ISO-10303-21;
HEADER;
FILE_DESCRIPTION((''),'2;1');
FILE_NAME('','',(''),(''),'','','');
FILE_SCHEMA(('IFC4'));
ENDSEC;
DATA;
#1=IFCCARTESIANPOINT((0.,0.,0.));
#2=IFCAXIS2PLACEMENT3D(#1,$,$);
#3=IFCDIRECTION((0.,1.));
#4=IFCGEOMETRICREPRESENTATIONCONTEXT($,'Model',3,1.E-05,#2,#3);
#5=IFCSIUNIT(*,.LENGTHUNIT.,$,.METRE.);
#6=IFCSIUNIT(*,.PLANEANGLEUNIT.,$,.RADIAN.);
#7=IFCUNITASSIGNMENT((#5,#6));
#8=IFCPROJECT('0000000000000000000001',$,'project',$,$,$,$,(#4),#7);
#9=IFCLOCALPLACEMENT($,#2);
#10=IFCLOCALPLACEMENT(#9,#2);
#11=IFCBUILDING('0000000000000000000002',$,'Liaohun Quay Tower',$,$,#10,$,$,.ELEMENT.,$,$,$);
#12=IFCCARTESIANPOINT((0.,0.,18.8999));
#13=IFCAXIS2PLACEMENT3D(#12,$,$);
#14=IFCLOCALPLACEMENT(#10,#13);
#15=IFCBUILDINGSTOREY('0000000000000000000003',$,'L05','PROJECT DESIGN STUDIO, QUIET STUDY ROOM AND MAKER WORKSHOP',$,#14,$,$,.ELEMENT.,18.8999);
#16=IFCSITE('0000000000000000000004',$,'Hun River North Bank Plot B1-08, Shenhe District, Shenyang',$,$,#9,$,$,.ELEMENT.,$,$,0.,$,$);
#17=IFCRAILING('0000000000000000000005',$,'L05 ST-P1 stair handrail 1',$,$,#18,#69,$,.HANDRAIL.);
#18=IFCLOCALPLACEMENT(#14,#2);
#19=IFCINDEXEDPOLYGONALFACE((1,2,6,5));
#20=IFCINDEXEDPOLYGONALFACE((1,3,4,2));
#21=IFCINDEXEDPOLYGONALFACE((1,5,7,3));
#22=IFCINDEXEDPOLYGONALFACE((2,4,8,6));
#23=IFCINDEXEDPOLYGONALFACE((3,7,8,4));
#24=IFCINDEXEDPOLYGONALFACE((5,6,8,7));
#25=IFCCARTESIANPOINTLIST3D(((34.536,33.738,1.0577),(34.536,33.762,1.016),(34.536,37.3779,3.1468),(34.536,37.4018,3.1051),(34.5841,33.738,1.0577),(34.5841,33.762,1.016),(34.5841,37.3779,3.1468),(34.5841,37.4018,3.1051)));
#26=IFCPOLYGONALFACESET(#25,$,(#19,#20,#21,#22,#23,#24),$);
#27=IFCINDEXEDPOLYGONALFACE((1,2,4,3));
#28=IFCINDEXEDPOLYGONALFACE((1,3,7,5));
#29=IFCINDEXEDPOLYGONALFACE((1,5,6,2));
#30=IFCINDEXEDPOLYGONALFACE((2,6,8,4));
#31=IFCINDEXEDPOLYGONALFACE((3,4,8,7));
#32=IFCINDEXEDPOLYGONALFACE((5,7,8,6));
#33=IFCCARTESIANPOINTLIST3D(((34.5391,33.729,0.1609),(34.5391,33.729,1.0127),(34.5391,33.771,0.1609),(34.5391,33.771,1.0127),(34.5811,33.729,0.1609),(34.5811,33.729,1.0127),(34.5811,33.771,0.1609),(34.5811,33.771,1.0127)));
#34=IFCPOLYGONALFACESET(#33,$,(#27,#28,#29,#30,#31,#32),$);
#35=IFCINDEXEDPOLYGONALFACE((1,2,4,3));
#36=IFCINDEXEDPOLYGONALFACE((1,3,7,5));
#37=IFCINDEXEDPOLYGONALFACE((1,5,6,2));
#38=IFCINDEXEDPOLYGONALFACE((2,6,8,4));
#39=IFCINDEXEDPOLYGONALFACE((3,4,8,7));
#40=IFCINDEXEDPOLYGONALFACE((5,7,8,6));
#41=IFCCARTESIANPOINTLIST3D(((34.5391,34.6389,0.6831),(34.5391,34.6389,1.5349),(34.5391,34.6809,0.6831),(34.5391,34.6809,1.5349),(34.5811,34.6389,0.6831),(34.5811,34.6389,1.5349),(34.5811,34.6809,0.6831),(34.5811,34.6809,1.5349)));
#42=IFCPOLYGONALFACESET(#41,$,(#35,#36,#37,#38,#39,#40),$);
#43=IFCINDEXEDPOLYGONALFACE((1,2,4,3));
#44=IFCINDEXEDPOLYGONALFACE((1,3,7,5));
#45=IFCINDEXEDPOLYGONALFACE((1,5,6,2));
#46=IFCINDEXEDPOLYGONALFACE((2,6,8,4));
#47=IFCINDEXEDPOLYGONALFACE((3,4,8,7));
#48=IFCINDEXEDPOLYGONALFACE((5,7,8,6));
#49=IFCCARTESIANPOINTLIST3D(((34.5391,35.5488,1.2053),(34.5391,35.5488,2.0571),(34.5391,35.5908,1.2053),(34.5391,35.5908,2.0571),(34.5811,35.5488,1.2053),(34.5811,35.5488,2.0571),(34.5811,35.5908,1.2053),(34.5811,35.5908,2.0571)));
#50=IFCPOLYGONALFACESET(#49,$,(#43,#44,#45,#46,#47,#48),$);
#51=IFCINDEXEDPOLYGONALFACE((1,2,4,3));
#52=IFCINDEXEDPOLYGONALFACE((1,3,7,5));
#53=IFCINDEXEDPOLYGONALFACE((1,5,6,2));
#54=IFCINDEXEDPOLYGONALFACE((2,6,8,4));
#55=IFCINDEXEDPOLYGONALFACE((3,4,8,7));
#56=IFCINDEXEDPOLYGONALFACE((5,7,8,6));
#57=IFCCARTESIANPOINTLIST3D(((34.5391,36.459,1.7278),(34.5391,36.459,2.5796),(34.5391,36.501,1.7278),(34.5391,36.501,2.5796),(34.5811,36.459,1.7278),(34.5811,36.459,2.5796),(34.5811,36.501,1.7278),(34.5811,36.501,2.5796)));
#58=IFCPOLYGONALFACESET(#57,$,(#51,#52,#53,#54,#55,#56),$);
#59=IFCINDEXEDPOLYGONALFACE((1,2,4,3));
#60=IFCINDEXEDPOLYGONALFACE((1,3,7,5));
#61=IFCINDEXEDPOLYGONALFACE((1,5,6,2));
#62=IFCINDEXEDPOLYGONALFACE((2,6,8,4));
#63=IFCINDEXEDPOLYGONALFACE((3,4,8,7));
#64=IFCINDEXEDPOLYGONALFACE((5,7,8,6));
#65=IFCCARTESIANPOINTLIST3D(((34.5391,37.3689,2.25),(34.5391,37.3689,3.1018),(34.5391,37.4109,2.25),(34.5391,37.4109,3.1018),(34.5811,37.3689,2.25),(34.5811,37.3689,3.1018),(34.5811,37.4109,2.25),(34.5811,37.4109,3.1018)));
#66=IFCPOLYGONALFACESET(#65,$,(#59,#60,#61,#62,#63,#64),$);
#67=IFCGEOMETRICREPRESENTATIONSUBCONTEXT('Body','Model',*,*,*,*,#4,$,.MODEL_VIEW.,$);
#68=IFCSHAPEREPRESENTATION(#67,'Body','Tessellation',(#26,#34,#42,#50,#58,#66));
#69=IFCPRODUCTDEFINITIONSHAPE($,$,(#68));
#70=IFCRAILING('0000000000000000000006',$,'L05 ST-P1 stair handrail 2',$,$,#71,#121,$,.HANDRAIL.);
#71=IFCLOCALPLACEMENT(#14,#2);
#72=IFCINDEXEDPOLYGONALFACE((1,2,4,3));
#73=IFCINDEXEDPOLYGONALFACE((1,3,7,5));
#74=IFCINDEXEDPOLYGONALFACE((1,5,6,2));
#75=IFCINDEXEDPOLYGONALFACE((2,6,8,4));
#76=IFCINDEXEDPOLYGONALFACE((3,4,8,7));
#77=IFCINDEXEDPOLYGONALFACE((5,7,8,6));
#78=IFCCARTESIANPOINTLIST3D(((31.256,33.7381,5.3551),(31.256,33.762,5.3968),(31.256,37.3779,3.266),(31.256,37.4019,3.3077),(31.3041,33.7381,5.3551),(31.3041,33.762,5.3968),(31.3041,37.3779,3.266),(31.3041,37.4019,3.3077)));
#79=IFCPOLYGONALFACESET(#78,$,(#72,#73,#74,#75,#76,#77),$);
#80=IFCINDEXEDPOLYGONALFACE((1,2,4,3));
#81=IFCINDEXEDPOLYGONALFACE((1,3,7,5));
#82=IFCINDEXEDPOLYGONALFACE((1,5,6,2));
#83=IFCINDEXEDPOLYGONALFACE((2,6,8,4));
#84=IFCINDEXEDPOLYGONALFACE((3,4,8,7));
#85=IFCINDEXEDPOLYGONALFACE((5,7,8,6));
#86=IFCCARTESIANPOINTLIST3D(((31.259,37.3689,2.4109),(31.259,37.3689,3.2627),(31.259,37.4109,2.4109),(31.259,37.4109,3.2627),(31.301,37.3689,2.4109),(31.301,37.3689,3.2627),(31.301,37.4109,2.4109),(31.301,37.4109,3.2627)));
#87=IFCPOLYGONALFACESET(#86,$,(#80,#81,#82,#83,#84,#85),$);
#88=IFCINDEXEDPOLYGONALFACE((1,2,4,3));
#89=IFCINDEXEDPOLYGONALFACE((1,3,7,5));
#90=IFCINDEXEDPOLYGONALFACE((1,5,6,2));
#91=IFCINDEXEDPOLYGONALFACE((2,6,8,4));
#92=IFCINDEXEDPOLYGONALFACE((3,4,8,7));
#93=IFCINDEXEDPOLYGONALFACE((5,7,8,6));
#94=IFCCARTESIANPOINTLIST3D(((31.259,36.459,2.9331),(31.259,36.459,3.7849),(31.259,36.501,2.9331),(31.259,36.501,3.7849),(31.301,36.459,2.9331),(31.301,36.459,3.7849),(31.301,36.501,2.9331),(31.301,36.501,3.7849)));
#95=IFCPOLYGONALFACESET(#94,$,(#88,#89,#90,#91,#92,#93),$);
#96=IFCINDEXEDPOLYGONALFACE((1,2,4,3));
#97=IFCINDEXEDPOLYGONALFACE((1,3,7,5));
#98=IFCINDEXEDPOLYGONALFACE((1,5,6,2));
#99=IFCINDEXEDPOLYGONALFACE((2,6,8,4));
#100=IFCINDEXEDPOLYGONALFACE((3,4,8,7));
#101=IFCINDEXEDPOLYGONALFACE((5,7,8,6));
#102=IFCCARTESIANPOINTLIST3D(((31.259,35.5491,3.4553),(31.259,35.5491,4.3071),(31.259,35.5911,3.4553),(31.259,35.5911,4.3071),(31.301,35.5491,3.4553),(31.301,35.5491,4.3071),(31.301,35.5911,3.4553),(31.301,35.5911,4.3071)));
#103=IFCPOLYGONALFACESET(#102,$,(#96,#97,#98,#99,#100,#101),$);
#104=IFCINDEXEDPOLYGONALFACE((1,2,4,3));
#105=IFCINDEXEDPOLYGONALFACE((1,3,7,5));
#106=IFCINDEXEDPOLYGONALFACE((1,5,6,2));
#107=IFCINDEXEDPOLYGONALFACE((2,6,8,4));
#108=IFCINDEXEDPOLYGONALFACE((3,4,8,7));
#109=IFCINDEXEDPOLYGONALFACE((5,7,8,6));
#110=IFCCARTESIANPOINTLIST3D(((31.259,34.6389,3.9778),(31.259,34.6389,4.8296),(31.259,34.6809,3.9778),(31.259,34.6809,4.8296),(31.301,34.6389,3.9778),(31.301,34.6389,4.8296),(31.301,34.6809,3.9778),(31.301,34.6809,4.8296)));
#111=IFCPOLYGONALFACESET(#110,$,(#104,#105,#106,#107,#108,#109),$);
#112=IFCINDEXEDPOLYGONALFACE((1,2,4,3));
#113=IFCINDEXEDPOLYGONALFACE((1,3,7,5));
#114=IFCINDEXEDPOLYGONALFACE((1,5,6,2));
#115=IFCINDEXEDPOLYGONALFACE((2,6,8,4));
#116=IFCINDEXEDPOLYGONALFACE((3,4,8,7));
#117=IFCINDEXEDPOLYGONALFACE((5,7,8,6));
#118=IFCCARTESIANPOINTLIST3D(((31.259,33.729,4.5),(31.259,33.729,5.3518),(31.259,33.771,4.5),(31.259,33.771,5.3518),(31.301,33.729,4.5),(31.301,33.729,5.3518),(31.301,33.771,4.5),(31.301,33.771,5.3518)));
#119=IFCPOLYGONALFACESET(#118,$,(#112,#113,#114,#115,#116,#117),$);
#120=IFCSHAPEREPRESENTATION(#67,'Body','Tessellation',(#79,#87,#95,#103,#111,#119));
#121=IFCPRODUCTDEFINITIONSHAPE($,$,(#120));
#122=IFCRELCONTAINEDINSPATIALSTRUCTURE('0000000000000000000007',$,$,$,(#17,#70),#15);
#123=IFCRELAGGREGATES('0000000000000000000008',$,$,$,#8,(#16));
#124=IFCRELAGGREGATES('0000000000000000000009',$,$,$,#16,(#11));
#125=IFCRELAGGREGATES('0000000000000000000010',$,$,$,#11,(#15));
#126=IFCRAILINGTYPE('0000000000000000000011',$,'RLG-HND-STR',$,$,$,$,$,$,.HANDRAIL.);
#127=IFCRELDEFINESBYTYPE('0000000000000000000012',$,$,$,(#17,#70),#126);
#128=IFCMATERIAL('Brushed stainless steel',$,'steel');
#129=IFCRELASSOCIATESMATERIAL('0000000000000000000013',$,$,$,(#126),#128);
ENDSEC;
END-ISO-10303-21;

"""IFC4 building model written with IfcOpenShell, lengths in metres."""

from ifc_helpers import new_model, si_unit, direction, frame, origin, origin_2d, place, context, subcontext, project, spatial, rectangle, extrude, material, type_object, element, save


model = new_model("IFC4")

# Units and contexts
model_context = context("Model", 3, precision=1e-05, world=origin(), true_north=direction((0.0, 1.0)))
body_context = subcontext(model_context, "Body", "Model", "MODEL_VIEW")
ifc_project = project(units=[si_unit("LENGTHUNIT", "METRE"), si_unit("PLANEANGLEUNIT", "RADIAN")], contexts=[model_context])

# Site, building, storey
site_placement = place(None, origin())
site = spatial("IfcSite", under=ifc_project, at=site_placement, Name="Hun River North Bank Plot B1-08, Shenhe District, Shenyang", CompositionType="ELEMENT", RefElevation=0.0)
building_placement = place(site_placement, origin())
building = spatial("IfcBuilding", under=site, at=building_placement, Name="Liaohun Quay Tower", CompositionType="ELEMENT")
storey_placement = place(building_placement, frame((0.0, 0.0, 18.8999)))
storey = spatial("IfcBuildingStorey", under=building, at=storey_placement, Name="L05", Description="PROJECT DESIGN STUDIO, QUIET STUDY ROOM AND MAKER WORKSHOP", CompositionType="ELEMENT", Elevation=18.8999)

# Railings
ifc_material_1 = material(Name="Brushed stainless steel", Category="steel")
railing_type_1 = type_object("IfcRailingType", Name="RLG-HND-STR", PredefinedType="HANDRAIL", material=ifc_material_1)
railing_1_placement = place(storey_placement, frame((34.5601, 33.75, 0.1609)))
element("IfcRailing", 1, at=railing_1_placement, inside=storey, type_object=railing_type_1, Name="L05 ST-P1 stair handrail 1", PredefinedType="HANDRAIL", context=body_context, shape_type="SweptSolid", body=[
    extrude(rectangle(XDim=0.0481, YDim=0.0481, at=origin_2d()), frame((0.0, 0.0, 0.876), z_axis=(0.0, 0.8673, 0.497786), x_axis=(-1.0, 0.0, 0.0)), (0.0, 0.0, 1.0), 4.1968),
    extrude(rectangle(XDim=0.042, YDim=0.042, at=origin_2d()), origin(), (0.0, 0.0, 1.0), 0.8518),
    extrude(rectangle(XDim=0.042, YDim=0.042, at=origin_2d()), frame((0.0, 0.9099, 0.5222)), (0.0, 0.0, 1.0), 0.8518),
    extrude(rectangle(XDim=0.042, YDim=0.042, at=origin_2d()), frame((0.0, 1.8198, 1.0444)), (0.0, 0.0, 1.0), 0.8518),
    extrude(rectangle(XDim=0.042, YDim=0.042, at=origin_2d()), frame((0.0, 2.73, 1.5669)), (0.0, 0.0, 1.0), 0.8518),
    extrude(rectangle(XDim=0.042, YDim=0.042, at=origin_2d()), frame((0.0, 3.6399, 2.0891)), (0.0, 0.0, 1.0), 0.8518),
])
railing_2_placement = place(storey_placement, frame((31.28, 37.3899, 2.4109)))
element("IfcRailing", 2, at=railing_2_placement, inside=storey, type_object=railing_type_1, Name="L05 ST-P1 stair handrail 2", PredefinedType="HANDRAIL", context=body_context, shape_type="SweptSolid", body=[
    extrude(rectangle(XDim=0.0481, YDim=0.0481, at=origin_2d()), frame((0.0, 0.0, 0.876), z_axis=(0.0, -0.8673, 0.497786), x_axis=(1.0, 0.0, 0.0)), (0.0, 0.0, 1.0), 4.1968),
    extrude(rectangle(XDim=0.042, YDim=0.042, at=origin_2d()), origin(), (0.0, 0.0, 1.0), 0.8518),
    extrude(rectangle(XDim=0.042, YDim=0.042, at=origin_2d()), frame((0.0, -0.9099, 0.5222)), (0.0, 0.0, 1.0), 0.8518),
    extrude(rectangle(XDim=0.042, YDim=0.042, at=origin_2d()), frame((0.0, -1.8198, 1.0444)), (0.0, 0.0, 1.0), 0.8518),
    extrude(rectangle(XDim=0.042, YDim=0.042, at=origin_2d()), frame((0.0, -2.73, 1.5669)), (0.0, 0.0, 1.0), 0.8518),
    extrude(rectangle(XDim=0.042, YDim=0.042, at=origin_2d()), frame((0.0, -3.6399, 2.0891)), (0.0, 0.0, 1.0), 0.8518),
])

save(model, "model.ifc")
